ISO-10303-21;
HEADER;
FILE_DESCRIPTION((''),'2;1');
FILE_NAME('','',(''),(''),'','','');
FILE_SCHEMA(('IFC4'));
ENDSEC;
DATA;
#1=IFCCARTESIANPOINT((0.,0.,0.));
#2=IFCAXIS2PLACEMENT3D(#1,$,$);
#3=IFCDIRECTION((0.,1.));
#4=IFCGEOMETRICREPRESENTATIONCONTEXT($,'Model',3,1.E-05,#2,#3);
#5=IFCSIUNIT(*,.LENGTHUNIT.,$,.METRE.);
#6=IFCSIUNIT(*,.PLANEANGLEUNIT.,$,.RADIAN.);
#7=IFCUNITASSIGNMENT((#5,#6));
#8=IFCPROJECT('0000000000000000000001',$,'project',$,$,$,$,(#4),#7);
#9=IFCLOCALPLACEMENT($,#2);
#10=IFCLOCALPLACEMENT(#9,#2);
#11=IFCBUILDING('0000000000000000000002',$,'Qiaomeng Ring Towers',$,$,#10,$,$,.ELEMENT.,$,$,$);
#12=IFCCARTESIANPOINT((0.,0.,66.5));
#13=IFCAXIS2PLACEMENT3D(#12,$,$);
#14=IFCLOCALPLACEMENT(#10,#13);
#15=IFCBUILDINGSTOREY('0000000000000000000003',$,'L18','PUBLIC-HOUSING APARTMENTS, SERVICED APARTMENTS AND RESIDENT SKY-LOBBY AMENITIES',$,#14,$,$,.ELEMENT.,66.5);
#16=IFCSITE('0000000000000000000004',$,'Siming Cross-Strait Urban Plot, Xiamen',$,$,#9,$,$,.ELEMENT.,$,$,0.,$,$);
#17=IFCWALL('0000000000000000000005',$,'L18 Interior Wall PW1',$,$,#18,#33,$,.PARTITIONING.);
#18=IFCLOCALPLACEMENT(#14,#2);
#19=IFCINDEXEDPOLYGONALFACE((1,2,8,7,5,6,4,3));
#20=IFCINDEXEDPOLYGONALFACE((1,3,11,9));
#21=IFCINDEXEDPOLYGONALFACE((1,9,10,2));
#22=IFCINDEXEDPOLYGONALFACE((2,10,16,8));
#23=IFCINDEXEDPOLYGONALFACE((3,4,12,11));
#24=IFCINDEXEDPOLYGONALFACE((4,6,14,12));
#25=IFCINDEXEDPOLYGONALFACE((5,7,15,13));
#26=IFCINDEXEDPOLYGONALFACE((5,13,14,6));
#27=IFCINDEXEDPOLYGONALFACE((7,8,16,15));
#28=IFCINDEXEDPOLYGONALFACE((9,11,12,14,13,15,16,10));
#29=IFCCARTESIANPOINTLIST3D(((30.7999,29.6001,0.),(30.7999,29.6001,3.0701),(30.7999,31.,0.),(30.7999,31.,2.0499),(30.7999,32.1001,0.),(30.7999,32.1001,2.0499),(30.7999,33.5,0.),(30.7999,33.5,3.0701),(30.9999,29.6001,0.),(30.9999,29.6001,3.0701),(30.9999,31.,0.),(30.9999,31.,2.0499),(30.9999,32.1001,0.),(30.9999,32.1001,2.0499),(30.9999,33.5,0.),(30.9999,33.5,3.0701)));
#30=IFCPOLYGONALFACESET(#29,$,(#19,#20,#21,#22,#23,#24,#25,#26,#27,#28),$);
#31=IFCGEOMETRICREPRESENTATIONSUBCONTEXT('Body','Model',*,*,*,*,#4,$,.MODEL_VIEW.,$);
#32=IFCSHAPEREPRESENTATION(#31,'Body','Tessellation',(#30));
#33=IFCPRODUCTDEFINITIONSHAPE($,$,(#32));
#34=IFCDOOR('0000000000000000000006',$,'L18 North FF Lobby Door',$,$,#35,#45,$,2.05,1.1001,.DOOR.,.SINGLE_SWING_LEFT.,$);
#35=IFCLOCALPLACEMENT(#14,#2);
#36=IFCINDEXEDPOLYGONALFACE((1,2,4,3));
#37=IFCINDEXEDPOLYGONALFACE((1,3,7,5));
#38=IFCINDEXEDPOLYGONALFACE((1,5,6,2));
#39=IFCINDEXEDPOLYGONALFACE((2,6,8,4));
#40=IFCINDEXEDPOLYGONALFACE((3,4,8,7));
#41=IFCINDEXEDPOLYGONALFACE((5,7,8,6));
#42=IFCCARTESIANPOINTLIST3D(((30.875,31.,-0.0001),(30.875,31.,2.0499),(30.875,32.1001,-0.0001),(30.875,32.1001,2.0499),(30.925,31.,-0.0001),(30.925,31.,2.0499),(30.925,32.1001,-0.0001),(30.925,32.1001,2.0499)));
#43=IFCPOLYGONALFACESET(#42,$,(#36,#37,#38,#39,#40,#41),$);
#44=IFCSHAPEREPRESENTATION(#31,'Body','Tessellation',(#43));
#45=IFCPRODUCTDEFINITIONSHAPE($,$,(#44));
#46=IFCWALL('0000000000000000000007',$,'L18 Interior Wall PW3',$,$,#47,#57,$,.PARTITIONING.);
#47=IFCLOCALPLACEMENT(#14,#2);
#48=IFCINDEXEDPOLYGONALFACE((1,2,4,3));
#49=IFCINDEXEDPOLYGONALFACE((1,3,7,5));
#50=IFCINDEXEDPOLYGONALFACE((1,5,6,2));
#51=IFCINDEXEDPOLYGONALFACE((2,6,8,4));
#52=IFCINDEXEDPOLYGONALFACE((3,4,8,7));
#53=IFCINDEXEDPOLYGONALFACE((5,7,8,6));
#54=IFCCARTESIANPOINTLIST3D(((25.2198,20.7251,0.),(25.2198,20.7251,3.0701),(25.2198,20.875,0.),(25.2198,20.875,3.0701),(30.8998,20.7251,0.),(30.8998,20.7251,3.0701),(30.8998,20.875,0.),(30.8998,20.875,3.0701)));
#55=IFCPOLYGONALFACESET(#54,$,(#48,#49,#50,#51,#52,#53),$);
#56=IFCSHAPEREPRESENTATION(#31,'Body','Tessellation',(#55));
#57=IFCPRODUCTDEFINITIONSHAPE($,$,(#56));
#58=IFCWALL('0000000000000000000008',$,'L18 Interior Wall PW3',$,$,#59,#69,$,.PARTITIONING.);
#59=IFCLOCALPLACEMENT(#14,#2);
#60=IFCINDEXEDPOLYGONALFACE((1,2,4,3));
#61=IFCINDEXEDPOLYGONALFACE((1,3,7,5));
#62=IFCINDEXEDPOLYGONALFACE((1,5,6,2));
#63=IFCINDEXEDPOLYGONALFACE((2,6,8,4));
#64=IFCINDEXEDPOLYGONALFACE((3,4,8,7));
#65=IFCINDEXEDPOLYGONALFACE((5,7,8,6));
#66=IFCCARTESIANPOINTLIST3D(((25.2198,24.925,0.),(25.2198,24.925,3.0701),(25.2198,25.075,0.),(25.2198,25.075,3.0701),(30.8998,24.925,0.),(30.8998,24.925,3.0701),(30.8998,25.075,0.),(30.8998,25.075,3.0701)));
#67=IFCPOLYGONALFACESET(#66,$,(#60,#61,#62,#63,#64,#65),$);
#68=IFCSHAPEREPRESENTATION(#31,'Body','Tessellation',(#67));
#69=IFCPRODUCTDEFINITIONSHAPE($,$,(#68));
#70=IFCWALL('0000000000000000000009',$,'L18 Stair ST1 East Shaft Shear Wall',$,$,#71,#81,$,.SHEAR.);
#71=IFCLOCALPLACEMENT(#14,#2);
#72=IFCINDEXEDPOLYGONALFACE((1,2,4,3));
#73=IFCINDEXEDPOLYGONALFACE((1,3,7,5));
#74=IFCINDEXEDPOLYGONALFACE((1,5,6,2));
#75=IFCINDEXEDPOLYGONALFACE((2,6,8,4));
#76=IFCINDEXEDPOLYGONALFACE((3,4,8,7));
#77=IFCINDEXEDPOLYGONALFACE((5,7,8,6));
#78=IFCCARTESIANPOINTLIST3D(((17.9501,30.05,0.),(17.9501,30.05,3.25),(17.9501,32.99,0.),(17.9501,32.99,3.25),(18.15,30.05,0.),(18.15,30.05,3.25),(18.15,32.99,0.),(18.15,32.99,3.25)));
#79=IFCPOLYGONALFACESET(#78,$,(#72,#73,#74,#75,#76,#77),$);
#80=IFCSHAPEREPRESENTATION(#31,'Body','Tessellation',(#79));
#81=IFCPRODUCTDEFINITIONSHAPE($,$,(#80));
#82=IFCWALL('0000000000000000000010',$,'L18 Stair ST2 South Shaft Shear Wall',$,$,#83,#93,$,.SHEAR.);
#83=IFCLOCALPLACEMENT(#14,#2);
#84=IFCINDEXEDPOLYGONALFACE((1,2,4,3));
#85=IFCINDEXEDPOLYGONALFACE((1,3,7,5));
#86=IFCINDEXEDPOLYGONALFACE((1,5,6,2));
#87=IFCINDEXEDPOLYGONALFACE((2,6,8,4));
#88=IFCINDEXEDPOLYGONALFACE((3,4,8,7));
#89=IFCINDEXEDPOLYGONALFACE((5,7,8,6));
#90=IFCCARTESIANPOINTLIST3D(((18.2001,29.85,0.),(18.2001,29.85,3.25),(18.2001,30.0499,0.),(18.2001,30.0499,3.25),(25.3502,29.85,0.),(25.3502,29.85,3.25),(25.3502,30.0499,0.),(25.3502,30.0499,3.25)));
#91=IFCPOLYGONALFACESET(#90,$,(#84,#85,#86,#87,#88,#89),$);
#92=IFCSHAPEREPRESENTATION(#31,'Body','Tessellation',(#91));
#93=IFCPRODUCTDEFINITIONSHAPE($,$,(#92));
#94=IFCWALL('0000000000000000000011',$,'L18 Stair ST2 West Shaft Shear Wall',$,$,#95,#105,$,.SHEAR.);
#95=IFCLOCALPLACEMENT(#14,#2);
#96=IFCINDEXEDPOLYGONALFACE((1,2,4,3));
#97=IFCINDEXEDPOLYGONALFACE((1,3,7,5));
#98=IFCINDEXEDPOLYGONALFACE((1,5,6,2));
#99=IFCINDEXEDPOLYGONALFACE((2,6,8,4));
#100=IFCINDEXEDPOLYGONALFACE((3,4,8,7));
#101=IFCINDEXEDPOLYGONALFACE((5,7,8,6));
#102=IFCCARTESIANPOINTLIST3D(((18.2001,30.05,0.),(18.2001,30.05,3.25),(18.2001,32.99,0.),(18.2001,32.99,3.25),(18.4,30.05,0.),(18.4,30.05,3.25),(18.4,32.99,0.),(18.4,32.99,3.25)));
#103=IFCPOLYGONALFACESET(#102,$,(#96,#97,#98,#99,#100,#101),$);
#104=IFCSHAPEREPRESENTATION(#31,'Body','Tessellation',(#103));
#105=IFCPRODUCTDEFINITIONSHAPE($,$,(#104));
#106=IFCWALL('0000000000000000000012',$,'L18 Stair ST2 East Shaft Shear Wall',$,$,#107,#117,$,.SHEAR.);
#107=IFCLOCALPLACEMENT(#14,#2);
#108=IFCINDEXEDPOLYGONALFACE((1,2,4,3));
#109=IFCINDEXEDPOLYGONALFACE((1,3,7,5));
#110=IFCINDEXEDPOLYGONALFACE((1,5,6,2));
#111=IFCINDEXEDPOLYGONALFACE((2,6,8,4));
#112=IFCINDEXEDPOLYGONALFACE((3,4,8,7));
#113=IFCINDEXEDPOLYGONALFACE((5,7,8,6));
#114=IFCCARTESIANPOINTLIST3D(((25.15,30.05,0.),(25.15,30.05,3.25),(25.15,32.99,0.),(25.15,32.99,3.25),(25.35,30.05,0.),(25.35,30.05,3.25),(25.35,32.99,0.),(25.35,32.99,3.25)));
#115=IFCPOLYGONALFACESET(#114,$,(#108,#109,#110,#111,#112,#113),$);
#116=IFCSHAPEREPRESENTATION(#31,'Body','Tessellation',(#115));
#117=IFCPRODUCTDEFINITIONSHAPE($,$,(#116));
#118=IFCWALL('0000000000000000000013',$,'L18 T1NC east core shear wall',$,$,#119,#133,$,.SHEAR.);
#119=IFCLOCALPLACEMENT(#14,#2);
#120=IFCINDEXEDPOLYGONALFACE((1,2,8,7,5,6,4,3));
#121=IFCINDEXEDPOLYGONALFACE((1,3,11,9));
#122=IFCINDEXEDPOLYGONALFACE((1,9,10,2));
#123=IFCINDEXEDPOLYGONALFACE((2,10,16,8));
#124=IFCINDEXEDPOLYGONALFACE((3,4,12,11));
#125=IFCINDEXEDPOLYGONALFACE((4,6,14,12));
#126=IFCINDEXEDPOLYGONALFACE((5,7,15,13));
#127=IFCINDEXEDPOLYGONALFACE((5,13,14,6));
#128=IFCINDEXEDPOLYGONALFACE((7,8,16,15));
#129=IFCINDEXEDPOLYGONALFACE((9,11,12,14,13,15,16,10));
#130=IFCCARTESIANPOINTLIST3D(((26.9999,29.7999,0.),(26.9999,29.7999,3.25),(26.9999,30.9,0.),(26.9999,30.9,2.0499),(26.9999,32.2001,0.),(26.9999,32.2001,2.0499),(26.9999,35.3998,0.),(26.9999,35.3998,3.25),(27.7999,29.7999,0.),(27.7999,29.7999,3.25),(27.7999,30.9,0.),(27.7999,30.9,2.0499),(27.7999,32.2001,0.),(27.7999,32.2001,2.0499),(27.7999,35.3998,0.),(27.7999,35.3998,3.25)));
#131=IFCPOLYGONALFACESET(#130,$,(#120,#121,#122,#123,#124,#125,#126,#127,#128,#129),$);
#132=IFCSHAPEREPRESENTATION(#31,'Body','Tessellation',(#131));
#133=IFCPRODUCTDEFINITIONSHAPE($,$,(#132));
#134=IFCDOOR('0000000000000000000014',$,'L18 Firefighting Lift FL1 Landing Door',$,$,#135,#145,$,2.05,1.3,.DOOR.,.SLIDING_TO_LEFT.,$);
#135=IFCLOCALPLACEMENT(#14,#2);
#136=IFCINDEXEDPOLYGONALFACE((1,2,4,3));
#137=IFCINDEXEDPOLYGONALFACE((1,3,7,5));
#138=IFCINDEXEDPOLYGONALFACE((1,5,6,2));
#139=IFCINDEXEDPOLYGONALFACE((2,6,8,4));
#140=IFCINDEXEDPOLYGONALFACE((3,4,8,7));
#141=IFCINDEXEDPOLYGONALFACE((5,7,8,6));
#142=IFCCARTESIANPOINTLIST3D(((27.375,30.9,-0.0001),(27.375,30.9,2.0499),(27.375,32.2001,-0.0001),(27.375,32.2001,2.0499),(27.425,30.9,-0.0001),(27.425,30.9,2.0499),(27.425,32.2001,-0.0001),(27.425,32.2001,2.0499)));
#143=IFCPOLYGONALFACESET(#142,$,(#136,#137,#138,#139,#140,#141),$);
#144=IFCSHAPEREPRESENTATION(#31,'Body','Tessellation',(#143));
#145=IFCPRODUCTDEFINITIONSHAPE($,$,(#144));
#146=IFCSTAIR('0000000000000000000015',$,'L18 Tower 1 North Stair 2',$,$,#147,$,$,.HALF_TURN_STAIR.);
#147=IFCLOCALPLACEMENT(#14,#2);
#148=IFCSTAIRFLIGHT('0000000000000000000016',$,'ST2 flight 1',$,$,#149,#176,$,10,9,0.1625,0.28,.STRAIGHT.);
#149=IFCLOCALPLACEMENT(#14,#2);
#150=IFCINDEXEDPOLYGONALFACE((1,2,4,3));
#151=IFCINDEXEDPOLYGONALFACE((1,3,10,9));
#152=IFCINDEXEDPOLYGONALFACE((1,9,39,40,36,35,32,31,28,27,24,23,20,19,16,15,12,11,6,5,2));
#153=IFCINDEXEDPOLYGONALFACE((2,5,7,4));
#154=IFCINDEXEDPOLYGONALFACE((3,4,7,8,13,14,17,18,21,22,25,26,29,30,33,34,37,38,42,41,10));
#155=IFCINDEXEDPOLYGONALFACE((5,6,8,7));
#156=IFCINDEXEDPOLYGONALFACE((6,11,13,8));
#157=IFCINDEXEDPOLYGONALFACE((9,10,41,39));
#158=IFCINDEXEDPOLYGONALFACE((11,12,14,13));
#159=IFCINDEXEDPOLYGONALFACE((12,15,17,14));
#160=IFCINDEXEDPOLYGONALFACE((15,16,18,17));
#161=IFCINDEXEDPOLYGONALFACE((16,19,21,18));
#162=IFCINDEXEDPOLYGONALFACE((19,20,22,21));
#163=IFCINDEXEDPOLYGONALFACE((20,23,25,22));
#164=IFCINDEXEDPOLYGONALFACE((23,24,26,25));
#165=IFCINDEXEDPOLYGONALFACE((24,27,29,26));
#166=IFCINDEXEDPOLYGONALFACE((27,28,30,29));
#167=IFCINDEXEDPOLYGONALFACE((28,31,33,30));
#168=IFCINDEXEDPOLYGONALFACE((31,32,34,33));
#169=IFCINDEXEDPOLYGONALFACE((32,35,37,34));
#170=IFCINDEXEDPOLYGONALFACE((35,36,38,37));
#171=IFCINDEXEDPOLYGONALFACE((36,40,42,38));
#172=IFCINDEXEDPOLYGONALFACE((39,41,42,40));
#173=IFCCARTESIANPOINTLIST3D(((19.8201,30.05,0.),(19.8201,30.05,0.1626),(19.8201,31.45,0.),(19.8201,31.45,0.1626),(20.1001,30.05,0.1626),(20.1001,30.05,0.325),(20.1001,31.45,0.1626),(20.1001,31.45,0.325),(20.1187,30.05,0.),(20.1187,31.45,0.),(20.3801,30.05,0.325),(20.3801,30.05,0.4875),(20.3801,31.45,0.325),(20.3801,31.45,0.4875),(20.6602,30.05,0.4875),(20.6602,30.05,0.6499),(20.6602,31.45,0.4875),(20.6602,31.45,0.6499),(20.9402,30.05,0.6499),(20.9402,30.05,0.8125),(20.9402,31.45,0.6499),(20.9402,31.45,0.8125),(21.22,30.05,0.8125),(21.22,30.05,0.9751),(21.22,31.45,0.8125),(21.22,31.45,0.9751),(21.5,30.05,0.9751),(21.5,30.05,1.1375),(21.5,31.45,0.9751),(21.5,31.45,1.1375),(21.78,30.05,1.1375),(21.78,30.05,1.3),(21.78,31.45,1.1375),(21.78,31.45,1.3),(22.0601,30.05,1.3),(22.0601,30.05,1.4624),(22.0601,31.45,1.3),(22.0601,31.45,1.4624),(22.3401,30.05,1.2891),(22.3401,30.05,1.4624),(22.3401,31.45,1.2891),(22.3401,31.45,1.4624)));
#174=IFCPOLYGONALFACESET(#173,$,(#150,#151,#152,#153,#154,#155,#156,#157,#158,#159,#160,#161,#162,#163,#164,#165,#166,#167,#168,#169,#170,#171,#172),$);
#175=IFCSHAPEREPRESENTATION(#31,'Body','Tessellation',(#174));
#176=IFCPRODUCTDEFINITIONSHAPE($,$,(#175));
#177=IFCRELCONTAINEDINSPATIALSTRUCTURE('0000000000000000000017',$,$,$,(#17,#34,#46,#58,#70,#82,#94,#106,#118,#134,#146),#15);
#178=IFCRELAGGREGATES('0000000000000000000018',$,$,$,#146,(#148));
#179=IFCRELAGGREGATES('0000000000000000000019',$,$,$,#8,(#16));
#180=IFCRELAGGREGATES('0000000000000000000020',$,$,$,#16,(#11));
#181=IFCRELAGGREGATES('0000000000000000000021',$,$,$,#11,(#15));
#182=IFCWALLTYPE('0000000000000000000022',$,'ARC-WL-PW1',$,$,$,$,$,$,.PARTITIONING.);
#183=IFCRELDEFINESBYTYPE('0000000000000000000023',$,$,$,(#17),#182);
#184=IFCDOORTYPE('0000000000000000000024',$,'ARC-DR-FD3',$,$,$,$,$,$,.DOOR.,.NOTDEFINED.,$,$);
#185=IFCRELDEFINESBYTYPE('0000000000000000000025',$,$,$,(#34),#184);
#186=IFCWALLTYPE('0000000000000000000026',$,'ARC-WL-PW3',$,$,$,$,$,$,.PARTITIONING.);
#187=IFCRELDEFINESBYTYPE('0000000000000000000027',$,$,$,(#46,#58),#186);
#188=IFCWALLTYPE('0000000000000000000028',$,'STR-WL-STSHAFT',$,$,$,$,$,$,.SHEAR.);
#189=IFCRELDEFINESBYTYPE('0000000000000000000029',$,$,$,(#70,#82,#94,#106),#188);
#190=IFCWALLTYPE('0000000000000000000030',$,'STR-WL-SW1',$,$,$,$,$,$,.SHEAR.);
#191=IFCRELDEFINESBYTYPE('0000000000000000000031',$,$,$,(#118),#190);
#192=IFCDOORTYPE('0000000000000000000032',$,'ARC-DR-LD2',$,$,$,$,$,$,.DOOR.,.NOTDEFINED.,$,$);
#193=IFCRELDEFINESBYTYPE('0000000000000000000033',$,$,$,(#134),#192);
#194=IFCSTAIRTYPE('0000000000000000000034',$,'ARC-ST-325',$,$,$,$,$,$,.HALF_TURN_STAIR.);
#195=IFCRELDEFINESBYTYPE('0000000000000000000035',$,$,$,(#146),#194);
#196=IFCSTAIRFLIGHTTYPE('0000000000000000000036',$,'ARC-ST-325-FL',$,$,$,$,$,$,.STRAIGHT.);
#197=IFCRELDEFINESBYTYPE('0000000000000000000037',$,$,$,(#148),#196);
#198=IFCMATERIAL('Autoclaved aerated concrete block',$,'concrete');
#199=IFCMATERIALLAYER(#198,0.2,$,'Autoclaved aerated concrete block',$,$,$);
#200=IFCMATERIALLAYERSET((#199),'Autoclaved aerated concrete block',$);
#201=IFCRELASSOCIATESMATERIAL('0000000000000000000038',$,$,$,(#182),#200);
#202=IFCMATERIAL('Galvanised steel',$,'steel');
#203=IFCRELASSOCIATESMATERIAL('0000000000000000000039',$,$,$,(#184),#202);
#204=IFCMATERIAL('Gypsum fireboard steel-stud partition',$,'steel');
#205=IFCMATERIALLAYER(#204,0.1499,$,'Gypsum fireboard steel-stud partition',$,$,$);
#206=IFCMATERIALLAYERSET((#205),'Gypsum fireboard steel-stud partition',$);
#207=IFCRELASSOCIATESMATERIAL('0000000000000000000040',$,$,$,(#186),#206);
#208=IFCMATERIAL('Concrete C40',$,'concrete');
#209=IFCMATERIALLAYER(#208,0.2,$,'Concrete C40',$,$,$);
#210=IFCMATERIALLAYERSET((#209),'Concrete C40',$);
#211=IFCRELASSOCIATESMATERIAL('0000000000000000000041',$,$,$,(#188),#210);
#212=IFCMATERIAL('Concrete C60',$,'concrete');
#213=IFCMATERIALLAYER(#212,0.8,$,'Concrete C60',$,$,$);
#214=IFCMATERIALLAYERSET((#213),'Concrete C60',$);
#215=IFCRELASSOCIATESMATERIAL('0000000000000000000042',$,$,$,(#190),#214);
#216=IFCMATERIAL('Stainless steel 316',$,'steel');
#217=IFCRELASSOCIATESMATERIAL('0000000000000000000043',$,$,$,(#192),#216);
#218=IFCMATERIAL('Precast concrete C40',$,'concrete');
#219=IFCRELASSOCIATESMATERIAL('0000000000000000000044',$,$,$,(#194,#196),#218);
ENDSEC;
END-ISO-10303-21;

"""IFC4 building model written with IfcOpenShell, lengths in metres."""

from ifc_helpers import new_model, si_unit, direction, frame, frame_2d, origin, place, context, subcontext, project, spatial, polyline, rectangle, outline, extrude, source, transform, mapped, material, layer, layer_set, type_object, element, fill, aggregate, save


model = new_model("IFC4")

# Units and contexts
model_context = context("Model", 3, precision=1e-05, world=origin(), true_north=direction((0.0, 1.0)))
body_context = subcontext(model_context, "Body", "Model", "MODEL_VIEW")
ifc_project = project(units=[si_unit("LENGTHUNIT", "METRE"), si_unit("PLANEANGLEUNIT", "RADIAN")], contexts=[model_context])

# Site, building, storey
site_placement = place(None, origin())
site = spatial("IfcSite", under=ifc_project, at=site_placement, Name="Siming Cross-Strait Urban Plot, Xiamen", CompositionType="ELEMENT", RefElevation=0.0)
building_placement = place(site_placement, origin())
building = spatial("IfcBuilding", under=site, at=building_placement, Name="Qiaomeng Ring Towers", CompositionType="ELEMENT")
storey_placement = place(building_placement, frame((0.0, 0.0, 66.5)))
storey = spatial("IfcBuildingStorey", under=building, at=storey_placement, Name="L18", Description="PUBLIC-HOUSING APARTMENTS, SERVICED APARTMENTS AND RESIDENT SKY-LOBBY AMENITIES", CompositionType="ELEMENT", Elevation=66.5)

# Shared definitions
ifc_material_1 = material(Name="Autoclaved aerated concrete block", Category="concrete")
ifc_layer_1 = layer(ifc_material_1, 0.2, Name="Autoclaved aerated concrete block")
ifc_layer_set_1 = layer_set([ifc_layer_1], Name="Autoclaved aerated concrete block")
wall_type_1 = type_object("IfcWallType", Name="ARC-WL-PW1", PredefinedType="PARTITIONING", material=ifc_layer_set_1)

# Wall, opening, door
wall_1_placement = place(storey_placement, frame((30.8999, 29.6001, 0.0), z_axis=(0.0, 0.0, 1.0), x_axis=(0.0, 1.0, 0.0)))
wall_1 = element("IfcWall", 1, at=wall_1_placement, inside=storey, type_object=wall_type_1, Name="L18 Interior Wall PW1", PredefinedType="PARTITIONING", context=body_context, shape_type="SweptSolid", body=[
    extrude(rectangle(XDim=3.8999, YDim=0.2, at=frame_2d((1.95, 0.0))), origin(), (0.0, 0.0, 1.0), 3.0701),
])
opening_1_placement = place(wall_1_placement, frame((1.3999, 0.0, 0.0)))
opening_1 = element("IfcOpeningElement", 2, at=opening_1_placement, cuts=wall_1, PredefinedType="OPENING", context=body_context, shape_type="SweptSolid", body=[
    extrude(rectangle(XDim=1.1001, YDim=2.05, at=frame_2d((0.55, 1.0249))), frame((0.0, 0.1099, 0.0), z_axis=(0.0, -1.0, 0.0), x_axis=(1.0, 0.0, 0.0)), (0.0, 0.0, 1.0), 0.22),
])
ifc_material_2 = material(Name="Galvanised steel", Category="steel")
door_type_1 = type_object("IfcDoorType", Name="ARC-DR-FD3", OperationType="NOTDEFINED", PredefinedType="DOOR", material=ifc_material_2)
shared_shape_1 = source(origin(), body_context, "Body", "SweptSolid", [
    extrude(rectangle(XDim=1.1001, YDim=2.05, at=frame_2d((0.55, 1.0249))), frame((0.0, 0.0249, 0.0), z_axis=(0.0, -1.0, 0.0), x_axis=(1.0, 0.0, 0.0)), (0.0, 0.0, 1.0), 0.05),
])
door_1_placement = place(opening_1_placement, origin())
door_1 = element("IfcDoor", 3, at=door_1_placement, inside=storey, type_object=door_type_1, Name="L18 North FF Lobby Door", OperationType="SINGLE_SWING_LEFT", OverallHeight=2.05, OverallWidth=1.1001, PredefinedType="DOOR", context=body_context, shape_type="MappedRepresentation", body=[
    mapped(shared_shape_1, transform((0.0, 0.0, 0.0), x_axis=(1.0, 0.0, 0.0), y_axis=(0.0, 1.0, 0.0), z_axis=(0.0, 0.0, 1.0), scale=1.0)),
])
fill(opening_1, door_1)

# Walls
ifc_material_3 = material(Name="Gypsum fireboard steel-stud partition", Category="steel")
ifc_layer_2 = layer(ifc_material_3, 0.1499, Name="Gypsum fireboard steel-stud partition")
ifc_layer_set_2 = layer_set([ifc_layer_2], Name="Gypsum fireboard steel-stud partition")
wall_type_2 = type_object("IfcWallType", Name="ARC-WL-PW3", PredefinedType="PARTITIONING", material=ifc_layer_set_2)
for number, where, z_axis, x_axis, name in (
    (4, (25.22, 20.8, 0.0), (0.0, 0.0, 1.0), (1.0, 0.0, 0.0), "L18 Interior Wall PW3"),
    (5, (25.22, 25.0, 0.0), (0.0, 0.0, 1.0), (1.0, 0.0, 0.0), "L18 Interior Wall PW3"),
):
    element("IfcWall", number, at=place(storey_placement, frame(where, z_axis=z_axis, x_axis=x_axis)), inside=storey, type_object=wall_type_2, Name=name, PredefinedType="PARTITIONING", context=body_context, shape_type="SweptSolid", body=[
        extrude(rectangle(XDim=5.6799, YDim=0.1499, at=frame_2d((2.8398, 0.0))), origin(), (0.0, 0.0, 1.0), 3.0701),
    ])
ifc_material_4 = material(Name="Concrete C40", Category="concrete")
ifc_layer_3 = layer(ifc_material_4, 0.2, Name="Concrete C40")
ifc_layer_set_3 = layer_set([ifc_layer_3], Name="Concrete C40")
wall_type_3 = type_object("IfcWallType", Name="STR-WL-STSHAFT", PredefinedType="SHEAR", material=ifc_layer_set_3)
wall_2_placement = place(storey_placement, frame((18.05, 30.05, 0.0), z_axis=(0.0, 0.0, 1.0), x_axis=(0.0, 1.0, 0.0)))
element("IfcWall", 6, at=wall_2_placement, inside=storey, type_object=wall_type_3, Name="L18 Stair ST1 East Shaft Shear Wall", PredefinedType="SHEAR", context=body_context, shape_type="SweptSolid", body=[
    extrude(rectangle(XDim=2.9399, YDim=0.2, at=frame_2d((1.47, 0.0))), origin(), (0.0, 0.0, 1.0), 3.25),
])
wall_3_placement = place(storey_placement, frame((18.2, 29.95, 0.0), z_axis=(0.0, 0.0, 1.0), x_axis=(1.0, 0.0, 0.0)))
element("IfcWall", 7, at=wall_3_placement, inside=storey, type_object=wall_type_3, Name="L18 Stair ST2 South Shaft Shear Wall", PredefinedType="SHEAR", context=body_context, shape_type="SweptSolid", body=[
    extrude(rectangle(XDim=7.1501, YDim=0.2, at=frame_2d((3.5752, 0.0))), origin(), (0.0, 0.0, 1.0), 3.25),
])
for number, where, z_axis, x_axis, name in (
    (8, (18.3, 30.05, 0.0), (0.0, 0.0, 1.0), (0.0, 1.0, 0.0), "L18 Stair ST2 West Shaft Shear Wall"),
    (9, (25.25, 30.05, 0.0), (0.0, 0.0, 1.0), (0.0, 1.0, 0.0), "L18 Stair ST2 East Shaft Shear Wall"),
):
    element("IfcWall", number, at=place(storey_placement, frame(where, z_axis=z_axis, x_axis=x_axis)), inside=storey, type_object=wall_type_3, Name=name, PredefinedType="SHEAR", context=body_context, shape_type="SweptSolid", body=[
        extrude(rectangle(XDim=2.9399, YDim=0.2, at=frame_2d((1.47, 0.0))), origin(), (0.0, 0.0, 1.0), 3.25),
    ])

# Wall, opening, door
ifc_material_5 = material(Name="Concrete C60", Category="concrete")
ifc_layer_4 = layer(ifc_material_5, 0.8, Name="Concrete C60")
ifc_layer_set_4 = layer_set([ifc_layer_4], Name="Concrete C60")
wall_type_4 = type_object("IfcWallType", Name="STR-WL-SW1", PredefinedType="SHEAR", material=ifc_layer_set_4)
wall_4_placement = place(storey_placement, frame((27.3999, 29.8, 0.0), z_axis=(0.0, 0.0, 1.0), x_axis=(0.0, 1.0, 0.0)))
wall_4 = element("IfcWall", 10, at=wall_4_placement, inside=storey, type_object=wall_type_4, Name="L18 T1NC east core shear wall", PredefinedType="SHEAR", context=body_context, shape_type="SweptSolid", body=[
    extrude(rectangle(XDim=5.5999, YDim=0.8, at=frame_2d((2.7998, 0.0))), origin(), (0.0, 0.0, 1.0), 3.25),
])
opening_2_placement = place(wall_4_placement, frame((1.1001, 0.0, 0.0)))
opening_2 = element("IfcOpeningElement", 11, at=opening_2_placement, cuts=wall_4, PredefinedType="OPENING", context=body_context, shape_type="SweptSolid", body=[
    extrude(rectangle(XDim=1.3, YDim=2.05, at=frame_2d((0.6499, 1.0249))), frame((0.0, 0.4099, 0.0), z_axis=(0.0, -1.0, 0.0), x_axis=(1.0, 0.0, 0.0)), (0.0, 0.0, 1.0), 0.8201),
])
ifc_material_6 = material(Name="Stainless steel 316", Category="steel")
door_type_2 = type_object("IfcDoorType", Name="ARC-DR-LD2", OperationType="NOTDEFINED", PredefinedType="DOOR", material=ifc_material_6)
shared_shape_2 = source(origin(), body_context, "Body", "SweptSolid", [
    extrude(rectangle(XDim=1.3, YDim=2.05, at=frame_2d((0.6499, 1.0249))), frame((0.0, 0.0249, 0.0), z_axis=(0.0, -1.0, 0.0), x_axis=(1.0, 0.0, 0.0)), (0.0, 0.0, 1.0), 0.05),
])
door_2_placement = place(opening_2_placement, origin())
door_2 = element("IfcDoor", 12, at=door_2_placement, inside=storey, type_object=door_type_2, Name="L18 Firefighting Lift FL1 Landing Door", OperationType="SLIDING_TO_LEFT", OverallHeight=2.05, OverallWidth=1.3, PredefinedType="DOOR", context=body_context, shape_type="MappedRepresentation", body=[
    mapped(shared_shape_2, transform((0.0, 0.0, 0.0), x_axis=(1.0, 0.0, 0.0), y_axis=(0.0, 1.0, 0.0), z_axis=(0.0, 0.0, 1.0), scale=1.0)),
])
fill(opening_2, door_2)

# Stair, stair flight
ifc_material_7 = material(Name="Precast concrete C40", Category="concrete")
stair_type = type_object("IfcStairType", Name="ARC-ST-325", PredefinedType="HALF_TURN_STAIR", material=ifc_material_7)
stair_placement = place(storey_placement, origin())
stair = element("IfcStair", 13, at=stair_placement, inside=storey, type_object=stair_type, Name="L18 Tower 1 North Stair 2", PredefinedType="HALF_TURN_STAIR")
stair_flight_type = type_object("IfcStairFlightType", Name="ARC-ST-325-FL", PredefinedType="STRAIGHT", material=ifc_material_7)
shared_shape_3 = source(origin(), body_context, "Body", "SweptSolid", [
    extrude(outline(polyline([(0.0, 0.0), (0.0, 0.1626), (0.28, 0.1626), (0.28, 0.325), (0.5601, 0.325), (0.5601, 0.4875), (0.8401, 0.4875), (0.8401, 0.6499), (1.1201, 0.6499), (1.1201, 0.8125), (1.3999, 0.8125), (1.3999, 0.9751), (1.6799, 0.9751), (1.6799, 1.1375), (1.96, 1.1375), (1.96, 1.3), (2.24, 1.3), (2.24, 1.4624), (2.52, 1.4624), (2.52, 1.625), (2.52, 1.2891), (0.2986, 0.0), (0.0, 0.0)])), frame((0.0, 0.7, 0.0), z_axis=(0.0, -1.0, 0.0), x_axis=(1.0, 0.0, 0.0)), (0.0, 0.0, 1.0), 1.3999),
])
stair_flight_placement = place(storey_placement, frame((19.8201, 30.75, 0.0), z_axis=(0.0, 0.0, 1.0), x_axis=(1.0, 0.0, 0.0)))
stair_flight = element("IfcStairFlight", 14, at=stair_flight_placement, type_object=stair_flight_type, Name="ST2 flight 1", NumberOfRisers=10, NumberOfTreads=9, PredefinedType="STRAIGHT", RiserHeight=0.1625, TreadLength=0.28, context=body_context, shape_type="MappedRepresentation", body=[
    mapped(shared_shape_3, transform((0.0, 0.0, 0.0), x_axis=(1.0, 0.0, 0.0), y_axis=(0.0, 1.0, 0.0), z_axis=(0.0, 0.0, 1.0), scale=1.0)),
])
aggregate(stair, [stair_flight])

save(model, "model.ifc")
